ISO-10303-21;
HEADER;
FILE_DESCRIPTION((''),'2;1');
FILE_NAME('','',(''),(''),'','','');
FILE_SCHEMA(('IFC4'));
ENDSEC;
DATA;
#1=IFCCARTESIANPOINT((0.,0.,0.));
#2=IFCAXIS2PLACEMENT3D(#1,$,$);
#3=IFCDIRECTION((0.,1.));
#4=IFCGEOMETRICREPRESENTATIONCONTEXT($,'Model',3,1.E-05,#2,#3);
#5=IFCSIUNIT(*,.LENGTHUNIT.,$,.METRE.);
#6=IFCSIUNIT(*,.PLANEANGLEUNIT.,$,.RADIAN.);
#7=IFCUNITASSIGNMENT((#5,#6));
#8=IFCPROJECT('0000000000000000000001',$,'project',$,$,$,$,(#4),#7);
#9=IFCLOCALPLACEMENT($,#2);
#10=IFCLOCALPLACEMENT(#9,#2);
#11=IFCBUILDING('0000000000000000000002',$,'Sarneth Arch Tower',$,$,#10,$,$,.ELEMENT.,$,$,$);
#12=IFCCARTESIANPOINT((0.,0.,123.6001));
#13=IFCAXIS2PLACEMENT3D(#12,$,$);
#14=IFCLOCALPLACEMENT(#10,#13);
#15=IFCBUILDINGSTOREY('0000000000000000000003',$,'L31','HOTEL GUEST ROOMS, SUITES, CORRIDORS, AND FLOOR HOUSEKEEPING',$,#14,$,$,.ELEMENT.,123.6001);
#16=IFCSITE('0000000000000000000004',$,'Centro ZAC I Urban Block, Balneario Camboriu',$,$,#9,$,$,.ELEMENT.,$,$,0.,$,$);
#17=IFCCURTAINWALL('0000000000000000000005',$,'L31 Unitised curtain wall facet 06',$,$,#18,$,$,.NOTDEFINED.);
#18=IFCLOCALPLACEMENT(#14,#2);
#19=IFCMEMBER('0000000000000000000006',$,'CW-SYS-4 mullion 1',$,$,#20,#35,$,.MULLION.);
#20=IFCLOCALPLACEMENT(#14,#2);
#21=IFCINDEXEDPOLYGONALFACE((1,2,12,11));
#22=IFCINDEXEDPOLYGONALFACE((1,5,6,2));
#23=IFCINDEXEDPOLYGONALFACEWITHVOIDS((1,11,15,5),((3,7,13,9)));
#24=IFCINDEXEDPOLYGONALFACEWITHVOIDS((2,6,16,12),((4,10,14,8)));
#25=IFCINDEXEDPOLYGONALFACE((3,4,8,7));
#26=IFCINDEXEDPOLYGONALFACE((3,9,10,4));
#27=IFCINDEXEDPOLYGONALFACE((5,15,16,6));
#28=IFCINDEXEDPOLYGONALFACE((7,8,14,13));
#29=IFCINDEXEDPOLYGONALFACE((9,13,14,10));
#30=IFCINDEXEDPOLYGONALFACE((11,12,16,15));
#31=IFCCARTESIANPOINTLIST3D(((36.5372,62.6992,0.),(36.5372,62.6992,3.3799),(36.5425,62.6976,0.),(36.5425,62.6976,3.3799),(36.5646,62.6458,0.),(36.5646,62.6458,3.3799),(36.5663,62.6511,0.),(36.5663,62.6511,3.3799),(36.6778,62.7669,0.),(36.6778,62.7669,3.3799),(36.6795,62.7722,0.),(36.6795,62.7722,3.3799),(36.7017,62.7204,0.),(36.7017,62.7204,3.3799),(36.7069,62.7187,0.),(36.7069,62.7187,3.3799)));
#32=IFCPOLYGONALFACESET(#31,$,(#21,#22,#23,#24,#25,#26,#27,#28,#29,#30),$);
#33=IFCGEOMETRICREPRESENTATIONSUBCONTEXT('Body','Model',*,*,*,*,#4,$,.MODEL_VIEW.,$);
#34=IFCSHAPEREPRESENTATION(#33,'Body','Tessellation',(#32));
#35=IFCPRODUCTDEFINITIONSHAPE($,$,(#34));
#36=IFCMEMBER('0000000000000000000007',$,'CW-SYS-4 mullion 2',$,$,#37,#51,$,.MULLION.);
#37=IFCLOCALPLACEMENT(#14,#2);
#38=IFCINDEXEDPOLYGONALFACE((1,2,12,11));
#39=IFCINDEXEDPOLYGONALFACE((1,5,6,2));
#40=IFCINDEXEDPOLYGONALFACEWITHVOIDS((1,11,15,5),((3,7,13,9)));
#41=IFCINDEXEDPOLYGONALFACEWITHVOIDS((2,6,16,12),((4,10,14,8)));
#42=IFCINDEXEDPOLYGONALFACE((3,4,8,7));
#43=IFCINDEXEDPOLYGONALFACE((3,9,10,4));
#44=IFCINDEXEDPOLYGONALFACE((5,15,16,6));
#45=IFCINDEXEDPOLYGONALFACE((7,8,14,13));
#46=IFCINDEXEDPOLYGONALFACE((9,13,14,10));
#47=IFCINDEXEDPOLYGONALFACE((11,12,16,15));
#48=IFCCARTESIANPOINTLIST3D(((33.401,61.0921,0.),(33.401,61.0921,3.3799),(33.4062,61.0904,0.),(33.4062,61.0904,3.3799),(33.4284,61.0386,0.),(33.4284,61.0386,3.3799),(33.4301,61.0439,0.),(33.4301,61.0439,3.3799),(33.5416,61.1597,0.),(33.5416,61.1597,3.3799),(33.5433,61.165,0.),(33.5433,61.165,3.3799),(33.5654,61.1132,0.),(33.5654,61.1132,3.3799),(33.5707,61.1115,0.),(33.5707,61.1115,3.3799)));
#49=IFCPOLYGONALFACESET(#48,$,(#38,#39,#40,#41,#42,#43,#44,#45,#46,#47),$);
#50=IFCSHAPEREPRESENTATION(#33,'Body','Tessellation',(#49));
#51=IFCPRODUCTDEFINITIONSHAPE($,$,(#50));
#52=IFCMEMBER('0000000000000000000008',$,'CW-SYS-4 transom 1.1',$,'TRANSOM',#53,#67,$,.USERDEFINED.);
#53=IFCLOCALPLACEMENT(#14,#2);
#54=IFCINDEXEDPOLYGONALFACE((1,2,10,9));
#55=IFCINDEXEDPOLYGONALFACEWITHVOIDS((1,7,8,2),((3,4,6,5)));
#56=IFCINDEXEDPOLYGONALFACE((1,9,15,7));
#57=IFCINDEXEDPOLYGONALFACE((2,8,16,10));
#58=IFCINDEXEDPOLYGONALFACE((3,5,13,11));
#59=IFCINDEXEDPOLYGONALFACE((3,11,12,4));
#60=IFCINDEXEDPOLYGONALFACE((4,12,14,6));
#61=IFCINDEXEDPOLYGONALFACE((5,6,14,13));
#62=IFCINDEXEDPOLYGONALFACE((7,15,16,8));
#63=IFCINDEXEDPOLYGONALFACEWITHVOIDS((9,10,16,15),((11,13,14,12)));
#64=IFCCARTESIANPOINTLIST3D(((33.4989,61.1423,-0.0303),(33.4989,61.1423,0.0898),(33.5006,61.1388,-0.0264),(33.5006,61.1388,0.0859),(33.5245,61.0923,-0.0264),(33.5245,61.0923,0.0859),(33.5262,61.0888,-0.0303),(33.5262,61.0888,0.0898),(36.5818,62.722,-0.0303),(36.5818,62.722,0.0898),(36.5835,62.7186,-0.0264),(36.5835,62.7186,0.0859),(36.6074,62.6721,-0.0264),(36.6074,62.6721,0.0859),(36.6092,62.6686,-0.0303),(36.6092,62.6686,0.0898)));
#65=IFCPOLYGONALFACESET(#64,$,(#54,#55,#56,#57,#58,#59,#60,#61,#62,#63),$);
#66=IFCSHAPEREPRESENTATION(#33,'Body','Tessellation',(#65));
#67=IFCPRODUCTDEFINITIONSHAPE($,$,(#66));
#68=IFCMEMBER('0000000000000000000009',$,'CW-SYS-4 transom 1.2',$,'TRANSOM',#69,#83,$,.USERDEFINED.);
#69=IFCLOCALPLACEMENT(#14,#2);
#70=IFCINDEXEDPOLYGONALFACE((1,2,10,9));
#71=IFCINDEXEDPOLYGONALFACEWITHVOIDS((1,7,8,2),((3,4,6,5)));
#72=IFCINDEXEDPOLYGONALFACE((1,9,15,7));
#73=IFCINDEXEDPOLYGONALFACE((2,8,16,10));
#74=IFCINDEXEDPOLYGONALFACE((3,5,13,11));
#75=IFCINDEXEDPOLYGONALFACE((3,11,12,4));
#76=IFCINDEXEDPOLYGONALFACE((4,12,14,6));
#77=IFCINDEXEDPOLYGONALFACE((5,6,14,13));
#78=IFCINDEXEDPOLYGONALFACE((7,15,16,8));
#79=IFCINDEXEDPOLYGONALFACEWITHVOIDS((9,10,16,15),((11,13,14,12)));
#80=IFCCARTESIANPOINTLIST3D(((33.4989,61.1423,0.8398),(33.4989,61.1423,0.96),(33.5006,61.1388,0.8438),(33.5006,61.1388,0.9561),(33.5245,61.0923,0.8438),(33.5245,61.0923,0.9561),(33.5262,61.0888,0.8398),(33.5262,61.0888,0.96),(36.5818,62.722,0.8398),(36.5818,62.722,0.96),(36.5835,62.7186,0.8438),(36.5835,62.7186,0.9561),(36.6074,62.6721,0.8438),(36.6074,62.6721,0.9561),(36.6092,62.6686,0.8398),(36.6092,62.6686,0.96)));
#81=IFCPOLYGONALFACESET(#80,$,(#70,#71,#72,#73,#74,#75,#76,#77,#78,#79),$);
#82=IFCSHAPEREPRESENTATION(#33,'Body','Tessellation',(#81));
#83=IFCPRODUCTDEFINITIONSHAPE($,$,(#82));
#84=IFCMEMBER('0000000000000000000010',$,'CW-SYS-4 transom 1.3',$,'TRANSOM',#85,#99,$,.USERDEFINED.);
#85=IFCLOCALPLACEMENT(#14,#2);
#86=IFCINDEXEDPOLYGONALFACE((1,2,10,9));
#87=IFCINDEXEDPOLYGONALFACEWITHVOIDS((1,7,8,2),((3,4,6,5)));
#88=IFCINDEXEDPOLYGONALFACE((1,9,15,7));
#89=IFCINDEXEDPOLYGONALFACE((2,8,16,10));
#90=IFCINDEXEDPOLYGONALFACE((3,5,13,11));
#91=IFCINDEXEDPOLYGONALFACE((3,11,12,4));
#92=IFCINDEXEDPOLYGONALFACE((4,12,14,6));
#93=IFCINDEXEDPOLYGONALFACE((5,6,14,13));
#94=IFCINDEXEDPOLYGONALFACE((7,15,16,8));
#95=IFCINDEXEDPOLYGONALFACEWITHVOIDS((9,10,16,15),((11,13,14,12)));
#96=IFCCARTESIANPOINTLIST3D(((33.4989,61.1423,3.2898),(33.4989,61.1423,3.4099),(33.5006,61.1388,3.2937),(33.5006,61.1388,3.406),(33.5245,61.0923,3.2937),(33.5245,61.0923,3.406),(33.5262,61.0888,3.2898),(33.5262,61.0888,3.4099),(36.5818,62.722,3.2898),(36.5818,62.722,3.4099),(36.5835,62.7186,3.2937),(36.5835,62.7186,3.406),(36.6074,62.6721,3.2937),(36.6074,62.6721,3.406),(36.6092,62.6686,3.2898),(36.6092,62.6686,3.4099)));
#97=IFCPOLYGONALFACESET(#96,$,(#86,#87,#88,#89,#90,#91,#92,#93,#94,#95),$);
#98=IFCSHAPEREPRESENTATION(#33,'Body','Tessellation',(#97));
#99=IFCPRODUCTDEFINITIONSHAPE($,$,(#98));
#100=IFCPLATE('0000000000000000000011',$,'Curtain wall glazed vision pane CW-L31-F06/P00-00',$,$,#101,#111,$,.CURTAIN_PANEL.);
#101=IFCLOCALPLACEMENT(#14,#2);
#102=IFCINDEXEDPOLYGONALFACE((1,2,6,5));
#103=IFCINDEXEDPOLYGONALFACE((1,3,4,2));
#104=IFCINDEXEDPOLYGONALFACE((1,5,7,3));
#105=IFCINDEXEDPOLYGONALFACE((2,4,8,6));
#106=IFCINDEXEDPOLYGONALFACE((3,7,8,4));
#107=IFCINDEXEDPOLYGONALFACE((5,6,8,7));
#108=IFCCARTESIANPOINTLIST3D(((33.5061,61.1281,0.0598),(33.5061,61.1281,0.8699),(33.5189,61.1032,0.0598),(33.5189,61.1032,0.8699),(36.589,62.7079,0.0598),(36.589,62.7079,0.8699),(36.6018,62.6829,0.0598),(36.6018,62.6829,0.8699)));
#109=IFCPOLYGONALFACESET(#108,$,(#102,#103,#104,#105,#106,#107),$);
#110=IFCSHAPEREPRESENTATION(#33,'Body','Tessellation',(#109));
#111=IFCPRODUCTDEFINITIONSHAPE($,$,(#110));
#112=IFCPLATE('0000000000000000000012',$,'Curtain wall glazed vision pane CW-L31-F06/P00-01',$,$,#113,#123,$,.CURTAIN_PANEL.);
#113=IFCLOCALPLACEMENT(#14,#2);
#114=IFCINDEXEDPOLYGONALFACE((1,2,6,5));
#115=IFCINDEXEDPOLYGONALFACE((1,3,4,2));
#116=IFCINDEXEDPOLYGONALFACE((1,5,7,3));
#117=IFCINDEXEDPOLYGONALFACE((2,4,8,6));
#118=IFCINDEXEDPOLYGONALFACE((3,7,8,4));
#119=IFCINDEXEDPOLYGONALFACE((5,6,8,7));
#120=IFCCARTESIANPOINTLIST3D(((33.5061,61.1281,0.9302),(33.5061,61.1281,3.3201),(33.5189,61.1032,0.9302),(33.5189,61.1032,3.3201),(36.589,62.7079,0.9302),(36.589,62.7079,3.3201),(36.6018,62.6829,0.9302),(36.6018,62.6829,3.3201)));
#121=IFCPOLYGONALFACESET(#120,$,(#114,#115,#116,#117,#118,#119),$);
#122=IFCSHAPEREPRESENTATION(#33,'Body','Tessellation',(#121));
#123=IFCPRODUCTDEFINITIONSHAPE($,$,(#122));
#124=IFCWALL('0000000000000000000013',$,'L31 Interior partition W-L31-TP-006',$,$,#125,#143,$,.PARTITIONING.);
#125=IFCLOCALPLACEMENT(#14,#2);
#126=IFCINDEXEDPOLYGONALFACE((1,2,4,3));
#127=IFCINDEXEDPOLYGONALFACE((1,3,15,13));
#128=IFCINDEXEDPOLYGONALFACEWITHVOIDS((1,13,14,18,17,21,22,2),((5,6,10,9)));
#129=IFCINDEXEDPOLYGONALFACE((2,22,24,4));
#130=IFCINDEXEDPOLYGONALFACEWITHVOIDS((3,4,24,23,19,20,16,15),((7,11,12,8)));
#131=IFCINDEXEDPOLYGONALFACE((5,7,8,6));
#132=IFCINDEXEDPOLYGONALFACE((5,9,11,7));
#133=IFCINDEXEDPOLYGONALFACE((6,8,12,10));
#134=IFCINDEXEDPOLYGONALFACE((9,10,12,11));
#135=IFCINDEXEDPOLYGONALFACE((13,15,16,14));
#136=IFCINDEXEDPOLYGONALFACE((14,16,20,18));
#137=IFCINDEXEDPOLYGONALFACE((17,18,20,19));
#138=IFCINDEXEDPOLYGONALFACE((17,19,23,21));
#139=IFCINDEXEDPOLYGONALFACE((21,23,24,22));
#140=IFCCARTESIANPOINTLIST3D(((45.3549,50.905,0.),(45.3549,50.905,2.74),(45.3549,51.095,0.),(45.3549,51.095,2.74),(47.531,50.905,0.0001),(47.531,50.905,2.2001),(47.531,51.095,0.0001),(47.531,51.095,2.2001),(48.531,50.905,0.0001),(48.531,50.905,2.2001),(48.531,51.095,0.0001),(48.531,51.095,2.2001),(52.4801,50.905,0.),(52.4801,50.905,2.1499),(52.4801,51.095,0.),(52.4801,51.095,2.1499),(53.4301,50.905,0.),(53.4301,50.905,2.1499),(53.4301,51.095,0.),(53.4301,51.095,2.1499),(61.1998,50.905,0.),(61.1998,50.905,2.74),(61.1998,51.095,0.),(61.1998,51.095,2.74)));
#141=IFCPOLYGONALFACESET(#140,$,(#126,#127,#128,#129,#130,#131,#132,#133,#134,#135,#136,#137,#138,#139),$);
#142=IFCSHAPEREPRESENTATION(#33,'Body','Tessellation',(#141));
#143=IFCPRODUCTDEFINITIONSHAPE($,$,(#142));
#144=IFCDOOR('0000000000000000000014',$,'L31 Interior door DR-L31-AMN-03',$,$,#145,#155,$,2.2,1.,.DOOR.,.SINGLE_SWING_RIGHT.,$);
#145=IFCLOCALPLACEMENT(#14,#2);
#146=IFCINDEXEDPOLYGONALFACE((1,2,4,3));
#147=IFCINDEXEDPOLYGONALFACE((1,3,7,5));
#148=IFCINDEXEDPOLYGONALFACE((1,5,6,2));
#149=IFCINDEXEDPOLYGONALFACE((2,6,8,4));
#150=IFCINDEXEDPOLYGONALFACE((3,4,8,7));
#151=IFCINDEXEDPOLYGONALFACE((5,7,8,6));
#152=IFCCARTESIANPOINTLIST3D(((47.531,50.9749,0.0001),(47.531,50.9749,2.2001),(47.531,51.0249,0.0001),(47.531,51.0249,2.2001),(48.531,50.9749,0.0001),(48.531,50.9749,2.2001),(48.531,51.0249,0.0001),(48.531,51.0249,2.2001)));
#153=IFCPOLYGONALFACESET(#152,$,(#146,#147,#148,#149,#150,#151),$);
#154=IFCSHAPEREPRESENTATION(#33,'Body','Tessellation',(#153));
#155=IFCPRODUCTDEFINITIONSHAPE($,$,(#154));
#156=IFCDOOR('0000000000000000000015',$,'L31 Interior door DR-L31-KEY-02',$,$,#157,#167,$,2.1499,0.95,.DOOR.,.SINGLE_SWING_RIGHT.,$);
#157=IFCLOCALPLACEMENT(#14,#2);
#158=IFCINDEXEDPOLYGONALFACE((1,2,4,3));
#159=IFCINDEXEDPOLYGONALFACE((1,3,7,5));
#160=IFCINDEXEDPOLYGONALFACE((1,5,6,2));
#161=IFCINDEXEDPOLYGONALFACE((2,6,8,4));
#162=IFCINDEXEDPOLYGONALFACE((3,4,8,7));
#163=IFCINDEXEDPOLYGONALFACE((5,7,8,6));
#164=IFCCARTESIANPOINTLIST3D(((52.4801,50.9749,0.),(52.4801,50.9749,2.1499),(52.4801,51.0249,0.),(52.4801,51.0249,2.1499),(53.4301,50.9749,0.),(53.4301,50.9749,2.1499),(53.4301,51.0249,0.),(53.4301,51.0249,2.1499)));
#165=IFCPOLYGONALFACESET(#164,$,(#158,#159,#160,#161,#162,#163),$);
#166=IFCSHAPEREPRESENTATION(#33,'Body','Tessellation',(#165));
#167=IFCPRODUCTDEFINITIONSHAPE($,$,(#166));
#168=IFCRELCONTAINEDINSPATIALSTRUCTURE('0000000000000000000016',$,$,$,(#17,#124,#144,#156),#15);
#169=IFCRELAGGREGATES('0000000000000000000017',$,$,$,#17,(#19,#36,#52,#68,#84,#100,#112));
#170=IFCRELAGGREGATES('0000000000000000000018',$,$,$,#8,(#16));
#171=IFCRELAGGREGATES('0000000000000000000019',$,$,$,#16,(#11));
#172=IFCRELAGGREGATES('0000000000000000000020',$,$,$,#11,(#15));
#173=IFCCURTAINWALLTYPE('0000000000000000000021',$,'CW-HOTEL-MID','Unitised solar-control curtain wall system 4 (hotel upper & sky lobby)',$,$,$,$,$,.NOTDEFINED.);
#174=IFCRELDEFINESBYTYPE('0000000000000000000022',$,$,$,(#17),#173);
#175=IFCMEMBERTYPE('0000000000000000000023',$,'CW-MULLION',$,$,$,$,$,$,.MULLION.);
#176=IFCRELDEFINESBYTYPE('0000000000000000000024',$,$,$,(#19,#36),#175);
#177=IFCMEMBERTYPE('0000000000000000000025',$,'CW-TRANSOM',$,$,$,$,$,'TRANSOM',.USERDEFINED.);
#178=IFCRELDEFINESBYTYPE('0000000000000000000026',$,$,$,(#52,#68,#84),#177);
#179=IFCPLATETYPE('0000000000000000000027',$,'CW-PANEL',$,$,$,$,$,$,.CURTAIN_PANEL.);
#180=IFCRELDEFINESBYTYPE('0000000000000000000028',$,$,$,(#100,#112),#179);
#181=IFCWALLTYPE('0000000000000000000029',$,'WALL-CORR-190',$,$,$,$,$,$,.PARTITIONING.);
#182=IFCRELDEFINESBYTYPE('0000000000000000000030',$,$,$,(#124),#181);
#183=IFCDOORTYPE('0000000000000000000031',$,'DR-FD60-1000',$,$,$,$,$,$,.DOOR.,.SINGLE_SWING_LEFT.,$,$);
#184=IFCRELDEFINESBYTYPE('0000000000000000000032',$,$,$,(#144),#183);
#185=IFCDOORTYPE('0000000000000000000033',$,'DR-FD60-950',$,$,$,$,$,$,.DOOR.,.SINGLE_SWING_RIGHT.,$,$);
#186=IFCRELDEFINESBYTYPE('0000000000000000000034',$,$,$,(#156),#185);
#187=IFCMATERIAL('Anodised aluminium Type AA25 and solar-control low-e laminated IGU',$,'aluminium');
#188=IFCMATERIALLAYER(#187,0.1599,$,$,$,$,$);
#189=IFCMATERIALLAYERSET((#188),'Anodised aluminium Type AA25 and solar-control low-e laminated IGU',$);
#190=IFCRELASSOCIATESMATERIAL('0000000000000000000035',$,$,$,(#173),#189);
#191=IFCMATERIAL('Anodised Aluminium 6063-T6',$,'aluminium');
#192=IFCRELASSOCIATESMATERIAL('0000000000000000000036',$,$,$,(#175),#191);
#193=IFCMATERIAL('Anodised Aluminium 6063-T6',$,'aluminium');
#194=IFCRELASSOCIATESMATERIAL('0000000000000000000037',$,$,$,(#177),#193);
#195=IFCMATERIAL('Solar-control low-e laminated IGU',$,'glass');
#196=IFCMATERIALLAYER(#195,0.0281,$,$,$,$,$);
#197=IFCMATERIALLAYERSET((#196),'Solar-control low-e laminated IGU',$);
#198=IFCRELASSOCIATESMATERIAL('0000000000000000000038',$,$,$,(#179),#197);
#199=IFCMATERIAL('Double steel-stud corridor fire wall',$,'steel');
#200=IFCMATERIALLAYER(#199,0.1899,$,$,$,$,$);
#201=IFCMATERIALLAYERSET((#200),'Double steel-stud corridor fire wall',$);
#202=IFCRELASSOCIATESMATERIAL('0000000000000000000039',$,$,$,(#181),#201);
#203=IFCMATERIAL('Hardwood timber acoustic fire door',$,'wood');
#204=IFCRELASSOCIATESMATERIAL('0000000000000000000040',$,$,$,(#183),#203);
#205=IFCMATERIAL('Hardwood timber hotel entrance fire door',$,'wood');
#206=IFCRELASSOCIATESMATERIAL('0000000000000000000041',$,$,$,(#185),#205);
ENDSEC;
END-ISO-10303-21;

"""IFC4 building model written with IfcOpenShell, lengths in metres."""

from ifc_helpers import new_model, si_unit, direction, frame, frame_2d, origin, origin_2d, place, context, subcontext, project, spatial, rectangle, hollow_rectangle, extrude, material, layer, layer_set, material_profile, profile_set, type_object, element, fill, aggregate, save


model = new_model("IFC4")

# Units and contexts
model_context = context("Model", 3, precision=1e-05, world=origin(), true_north=direction((0.0, 1.0)))
body_context = subcontext(model_context, "Body", "Model", "MODEL_VIEW")
ifc_project = project(units=[si_unit("LENGTHUNIT", "METRE"), si_unit("PLANEANGLEUNIT", "RADIAN")], contexts=[model_context])

# Site, building, storey
site_placement = place(None, origin())
site = spatial("IfcSite", under=ifc_project, at=site_placement, Name="Centro ZAC I Urban Block, Balneario Camboriu", CompositionType="ELEMENT", RefElevation=0.0)
building_placement = place(site_placement, origin())
building = spatial("IfcBuilding", under=site, at=building_placement, Name="Sarneth Arch Tower", CompositionType="ELEMENT")
storey_placement = place(building_placement, frame((0.0, 0.0, 123.6001)))
storey = spatial("IfcBuildingStorey", under=building, at=storey_placement, Name="L31", Description="HOTEL GUEST ROOMS, SUITES, CORRIDORS, AND FLOOR HOUSEKEEPING", CompositionType="ELEMENT", Elevation=123.6001)

# Curtain wall, members, plates
ifc_material_1 = material(Name="Anodised aluminium Type AA25 and solar-control low-e laminated IGU", Category="aluminium")
ifc_layer_1 = layer(ifc_material_1, 0.1599)
ifc_layer_set_1 = layer_set([ifc_layer_1], Name="Anodised aluminium Type AA25 and solar-control low-e laminated IGU")
curtain_wall_type = type_object("IfcCurtainWallType", Name="CW-HOTEL-MID", Description="Unitised solar-control curtain wall system 4 (hotel upper & sky lobby)", PredefinedType="NOTDEFINED", material=ifc_layer_set_1)
curtain_wall_placement = place(storey_placement, origin())
curtain_wall = element("IfcCurtainWall", 1, at=curtain_wall_placement, inside=storey, type_object=curtain_wall_type, Name="L31 Unitised curtain wall facet 06", PredefinedType="NOTDEFINED")
ifc_material_2 = material(Name="Anodised Aluminium 6063-T6", Category="aluminium")
ifc_material_profile_1 = material_profile(ifc_material_2, hollow_rectangle(XDim=0.0601, YDim=0.1599, WallThickness=0.0039, at=origin_2d()), Name="AL-MULL-160x60x4")
ifc_profile_set_1 = profile_set([ifc_material_profile_1], Name="Anodised Aluminium 6063-T6")
member_type_1 = type_object("IfcMemberType", Name="CW-MULLION", PredefinedType="MULLION", material=ifc_profile_set_1)
member_1_placement = place(storey_placement, frame((36.6221, 62.709, 0.0), z_axis=(0.0, 0.0, 1.0), x_axis=(0.456031, -0.889964, 0.0)))
member_1 = element("IfcMember", 2, at=member_1_placement, type_object=member_type_1, Name="CW-SYS-4 mullion 1", PredefinedType="MULLION", context=body_context, shape_type="SweptSolid", body=[
    extrude(hollow_rectangle(XDim=0.0601, YDim=0.1599, WallThickness=0.0039, at=origin_2d()), origin(), (0.0, 0.0, 1.0), 3.3799),
])
member_2_placement = place(storey_placement, frame((33.4858, 61.1018, 0.0), z_axis=(0.0, 0.0, 1.0), x_axis=(0.456031, -0.889964, 0.0)))
member_2 = element("IfcMember", 3, at=member_2_placement, type_object=member_type_1, Name="CW-SYS-4 mullion 2", PredefinedType="MULLION", context=body_context, shape_type="SweptSolid", body=[
    extrude(hollow_rectangle(XDim=0.0601, YDim=0.1599, WallThickness=0.0039, at=origin_2d()), origin(), (0.0, 0.0, 1.0), 3.3799),
])
ifc_material_3 = material(Name="Anodised Aluminium 6063-T6", Category="aluminium")
ifc_material_profile_2 = material_profile(ifc_material_3, hollow_rectangle(XDim=0.0601, YDim=0.1201, WallThickness=0.0039, at=origin_2d()), Name="AL-TRAN-120x60x4")
ifc_profile_set_2 = profile_set([ifc_material_profile_2], Name="Anodised Aluminium 6063-T6")
member_type_2 = type_object("IfcMemberType", Name="CW-TRANSOM", ElementType="TRANSOM", PredefinedType="USERDEFINED", material=ifc_profile_set_2)
member_3_placement = place(storey_placement, frame((36.5955, 62.6953, 0.0298), z_axis=(-0.889958, -0.456043, 0.0), x_axis=(0.456043, -0.889958, 0.0)))
member_3 = element("IfcMember", 4, at=member_3_placement, type_object=member_type_2, Name="CW-SYS-4 transom 1.1", ObjectType="TRANSOM", PredefinedType="USERDEFINED", context=body_context, shape_type="SweptSolid", body=[
    extrude(hollow_rectangle(XDim=0.0601, YDim=0.1201, WallThickness=0.0039, at=origin_2d()), origin(), (0.0, 0.0, 1.0), 3.4641),
])
member_4_placement = place(storey_placement, frame((36.5955, 62.6953, 0.8999), z_axis=(-0.889958, -0.456043, 0.0), x_axis=(0.456043, -0.889958, 0.0)))
member_4 = element("IfcMember", 5, at=member_4_placement, type_object=member_type_2, Name="CW-SYS-4 transom 1.2", ObjectType="TRANSOM", PredefinedType="USERDEFINED", context=body_context, shape_type="SweptSolid", body=[
    extrude(hollow_rectangle(XDim=0.0601, YDim=0.1201, WallThickness=0.0039, at=origin_2d()), origin(), (0.0, 0.0, 1.0), 3.4641),
])
member_5_placement = place(storey_placement, frame((36.5955, 62.6953, 3.3499), z_axis=(-0.889958, -0.456043, 0.0), x_axis=(0.456043, -0.889958, 0.0)))
member_5 = element("IfcMember", 6, at=member_5_placement, type_object=member_type_2, Name="CW-SYS-4 transom 1.3", ObjectType="TRANSOM", PredefinedType="USERDEFINED", context=body_context, shape_type="SweptSolid", body=[
    extrude(hollow_rectangle(XDim=0.0601, YDim=0.1201, WallThickness=0.0039, at=origin_2d()), origin(), (0.0, 0.0, 1.0), 3.4641),
])
ifc_material_4 = material(Name="Solar-control low-e laminated IGU", Category="glass")
ifc_layer_2 = layer(ifc_material_4, 0.0281)
ifc_layer_set_2 = layer_set([ifc_layer_2], Name="Solar-control low-e laminated IGU")
plate_type = type_object("IfcPlateType", Name="CW-PANEL", PredefinedType="CURTAIN_PANEL", material=ifc_layer_set_2)
plate_1_placement = place(storey_placement, frame((35.054, 61.9055, 0.0598), z_axis=(0.0, 0.0, 1.0), x_axis=(-0.889964, -0.456031, 0.0)))
plate_1 = element("IfcPlate", 7, at=plate_1_placement, type_object=plate_type, Name="Curtain wall glazed vision pane CW-L31-F06/P00-00", PredefinedType="CURTAIN_PANEL", context=body_context, shape_type="SweptSolid", body=[
    extrude(rectangle(XDim=3.4641, YDim=0.0281, at=origin_2d()), origin(), (0.0, 0.0, 1.0), 0.8101),
])
plate_2_placement = place(storey_placement, frame((35.054, 61.9055, 0.9302), z_axis=(0.0, 0.0, 1.0), x_axis=(-0.889964, -0.456031, 0.0)))
plate_2 = element("IfcPlate", 8, at=plate_2_placement, type_object=plate_type, Name="Curtain wall glazed vision pane CW-L31-F06/P00-01", PredefinedType="CURTAIN_PANEL", context=body_context, shape_type="SweptSolid", body=[
    extrude(rectangle(XDim=3.4641, YDim=0.0281, at=origin_2d()), origin(), (0.0, 0.0, 1.0), 2.3899),
])
aggregate(curtain_wall, [member_1, member_2, member_3, member_4, member_5, plate_1, plate_2])

# Wall, openings, doors
ifc_material_5 = material(Name="Double steel-stud corridor fire wall", Category="steel")
ifc_layer_3 = layer(ifc_material_5, 0.1899)
ifc_layer_set_3 = layer_set([ifc_layer_3], Name="Double steel-stud corridor fire wall")
wall_type_1 = type_object("IfcWallType", Name="WALL-CORR-190", PredefinedType="PARTITIONING", material=ifc_layer_set_3)
wall_1_placement = place(storey_placement, frame((45.355, 51.0, 0.0), z_axis=(0.0, 0.0, 1.0), x_axis=(1.0, 0.0, 0.0)))
wall_1 = element("IfcWall", 9, at=wall_1_placement, inside=storey, type_object=wall_type_1, Name="L31 Interior partition W-L31-TP-006", PredefinedType="PARTITIONING", context=body_context, shape_type="SweptSolid", body=[
    extrude(rectangle(XDim=15.845, YDim=0.1899, at=frame_2d((7.9224, 0.0))), origin(), (0.0, 0.0, 1.0), 2.74),
])
opening_1_placement = place(wall_1_placement, frame((2.176, 0.0, 0.0)))
opening_1 = element("IfcOpeningElement", 10, at=opening_1_placement, cuts=wall_1, PredefinedType="OPENING", context=body_context, shape_type="SweptSolid", body=[
    extrude(rectangle(XDim=1.0, YDim=2.2, at=frame_2d((0.5, 1.1001))), frame((0.0, 0.105, 0.0), z_axis=(0.0, -1.0, 0.0), x_axis=(1.0, 0.0, 0.0)), (0.0, 0.0, 1.0), 0.21),
])
opening_2_placement = place(wall_1_placement, frame((7.125, 0.0, 0.0)))
opening_2 = element("IfcOpeningElement", 11, at=opening_2_placement, cuts=wall_1, PredefinedType="OPENING", context=body_context, shape_type="SweptSolid", body=[
    extrude(rectangle(XDim=0.95, YDim=2.1499, at=frame_2d((0.4751, 1.075))), frame((0.0, 0.105, 0.0), z_axis=(0.0, -1.0, 0.0), x_axis=(1.0, 0.0, 0.0)), (0.0, 0.0, 1.0), 0.21),
])
ifc_material_6 = material(Name="Hardwood timber acoustic fire door", Category="wood")
door_type_1 = type_object("IfcDoorType", Name="DR-FD60-1000", OperationType="SINGLE_SWING_LEFT", PredefinedType="DOOR", material=ifc_material_6)
door_1_placement = place(opening_1_placement, origin())
door_1 = element("IfcDoor", 12, at=door_1_placement, inside=storey, type_object=door_type_1, Name="L31 Interior door DR-L31-AMN-03", OperationType="SINGLE_SWING_RIGHT", OverallHeight=2.2, OverallWidth=1.0, PredefinedType="DOOR", context=body_context, shape_type="SweptSolid", body=[
    extrude(rectangle(XDim=1.0, YDim=2.2, at=frame_2d((0.5, 1.1001))), frame((0.0, 0.0249, 0.0), z_axis=(0.0, -1.0, 0.0), x_axis=(1.0, 0.0, 0.0)), (0.0, 0.0, 1.0), 0.05),
])
fill(opening_1, door_1)
ifc_material_7 = material(Name="Hardwood timber hotel entrance fire door", Category="wood")
door_type_2 = type_object("IfcDoorType", Name="DR-FD60-950", OperationType="SINGLE_SWING_RIGHT", PredefinedType="DOOR", material=ifc_material_7)
door_2_placement = place(opening_2_placement, origin())
door_2 = element("IfcDoor", 13, at=door_2_placement, inside=storey, type_object=door_type_2, Name="L31 Interior door DR-L31-KEY-02", OperationType="SINGLE_SWING_RIGHT", OverallHeight=2.1499, OverallWidth=0.95, PredefinedType="DOOR", context=body_context, shape_type="SweptSolid", body=[
    extrude(rectangle(XDim=0.95, YDim=2.1499, at=frame_2d((0.4751, 1.075))), frame((0.0, 0.0249, 0.0), z_axis=(0.0, -1.0, 0.0), x_axis=(1.0, 0.0, 0.0)), (0.0, 0.0, 1.0), 0.05),
])
fill(opening_2, door_2)

save(model, "model.ifc")
